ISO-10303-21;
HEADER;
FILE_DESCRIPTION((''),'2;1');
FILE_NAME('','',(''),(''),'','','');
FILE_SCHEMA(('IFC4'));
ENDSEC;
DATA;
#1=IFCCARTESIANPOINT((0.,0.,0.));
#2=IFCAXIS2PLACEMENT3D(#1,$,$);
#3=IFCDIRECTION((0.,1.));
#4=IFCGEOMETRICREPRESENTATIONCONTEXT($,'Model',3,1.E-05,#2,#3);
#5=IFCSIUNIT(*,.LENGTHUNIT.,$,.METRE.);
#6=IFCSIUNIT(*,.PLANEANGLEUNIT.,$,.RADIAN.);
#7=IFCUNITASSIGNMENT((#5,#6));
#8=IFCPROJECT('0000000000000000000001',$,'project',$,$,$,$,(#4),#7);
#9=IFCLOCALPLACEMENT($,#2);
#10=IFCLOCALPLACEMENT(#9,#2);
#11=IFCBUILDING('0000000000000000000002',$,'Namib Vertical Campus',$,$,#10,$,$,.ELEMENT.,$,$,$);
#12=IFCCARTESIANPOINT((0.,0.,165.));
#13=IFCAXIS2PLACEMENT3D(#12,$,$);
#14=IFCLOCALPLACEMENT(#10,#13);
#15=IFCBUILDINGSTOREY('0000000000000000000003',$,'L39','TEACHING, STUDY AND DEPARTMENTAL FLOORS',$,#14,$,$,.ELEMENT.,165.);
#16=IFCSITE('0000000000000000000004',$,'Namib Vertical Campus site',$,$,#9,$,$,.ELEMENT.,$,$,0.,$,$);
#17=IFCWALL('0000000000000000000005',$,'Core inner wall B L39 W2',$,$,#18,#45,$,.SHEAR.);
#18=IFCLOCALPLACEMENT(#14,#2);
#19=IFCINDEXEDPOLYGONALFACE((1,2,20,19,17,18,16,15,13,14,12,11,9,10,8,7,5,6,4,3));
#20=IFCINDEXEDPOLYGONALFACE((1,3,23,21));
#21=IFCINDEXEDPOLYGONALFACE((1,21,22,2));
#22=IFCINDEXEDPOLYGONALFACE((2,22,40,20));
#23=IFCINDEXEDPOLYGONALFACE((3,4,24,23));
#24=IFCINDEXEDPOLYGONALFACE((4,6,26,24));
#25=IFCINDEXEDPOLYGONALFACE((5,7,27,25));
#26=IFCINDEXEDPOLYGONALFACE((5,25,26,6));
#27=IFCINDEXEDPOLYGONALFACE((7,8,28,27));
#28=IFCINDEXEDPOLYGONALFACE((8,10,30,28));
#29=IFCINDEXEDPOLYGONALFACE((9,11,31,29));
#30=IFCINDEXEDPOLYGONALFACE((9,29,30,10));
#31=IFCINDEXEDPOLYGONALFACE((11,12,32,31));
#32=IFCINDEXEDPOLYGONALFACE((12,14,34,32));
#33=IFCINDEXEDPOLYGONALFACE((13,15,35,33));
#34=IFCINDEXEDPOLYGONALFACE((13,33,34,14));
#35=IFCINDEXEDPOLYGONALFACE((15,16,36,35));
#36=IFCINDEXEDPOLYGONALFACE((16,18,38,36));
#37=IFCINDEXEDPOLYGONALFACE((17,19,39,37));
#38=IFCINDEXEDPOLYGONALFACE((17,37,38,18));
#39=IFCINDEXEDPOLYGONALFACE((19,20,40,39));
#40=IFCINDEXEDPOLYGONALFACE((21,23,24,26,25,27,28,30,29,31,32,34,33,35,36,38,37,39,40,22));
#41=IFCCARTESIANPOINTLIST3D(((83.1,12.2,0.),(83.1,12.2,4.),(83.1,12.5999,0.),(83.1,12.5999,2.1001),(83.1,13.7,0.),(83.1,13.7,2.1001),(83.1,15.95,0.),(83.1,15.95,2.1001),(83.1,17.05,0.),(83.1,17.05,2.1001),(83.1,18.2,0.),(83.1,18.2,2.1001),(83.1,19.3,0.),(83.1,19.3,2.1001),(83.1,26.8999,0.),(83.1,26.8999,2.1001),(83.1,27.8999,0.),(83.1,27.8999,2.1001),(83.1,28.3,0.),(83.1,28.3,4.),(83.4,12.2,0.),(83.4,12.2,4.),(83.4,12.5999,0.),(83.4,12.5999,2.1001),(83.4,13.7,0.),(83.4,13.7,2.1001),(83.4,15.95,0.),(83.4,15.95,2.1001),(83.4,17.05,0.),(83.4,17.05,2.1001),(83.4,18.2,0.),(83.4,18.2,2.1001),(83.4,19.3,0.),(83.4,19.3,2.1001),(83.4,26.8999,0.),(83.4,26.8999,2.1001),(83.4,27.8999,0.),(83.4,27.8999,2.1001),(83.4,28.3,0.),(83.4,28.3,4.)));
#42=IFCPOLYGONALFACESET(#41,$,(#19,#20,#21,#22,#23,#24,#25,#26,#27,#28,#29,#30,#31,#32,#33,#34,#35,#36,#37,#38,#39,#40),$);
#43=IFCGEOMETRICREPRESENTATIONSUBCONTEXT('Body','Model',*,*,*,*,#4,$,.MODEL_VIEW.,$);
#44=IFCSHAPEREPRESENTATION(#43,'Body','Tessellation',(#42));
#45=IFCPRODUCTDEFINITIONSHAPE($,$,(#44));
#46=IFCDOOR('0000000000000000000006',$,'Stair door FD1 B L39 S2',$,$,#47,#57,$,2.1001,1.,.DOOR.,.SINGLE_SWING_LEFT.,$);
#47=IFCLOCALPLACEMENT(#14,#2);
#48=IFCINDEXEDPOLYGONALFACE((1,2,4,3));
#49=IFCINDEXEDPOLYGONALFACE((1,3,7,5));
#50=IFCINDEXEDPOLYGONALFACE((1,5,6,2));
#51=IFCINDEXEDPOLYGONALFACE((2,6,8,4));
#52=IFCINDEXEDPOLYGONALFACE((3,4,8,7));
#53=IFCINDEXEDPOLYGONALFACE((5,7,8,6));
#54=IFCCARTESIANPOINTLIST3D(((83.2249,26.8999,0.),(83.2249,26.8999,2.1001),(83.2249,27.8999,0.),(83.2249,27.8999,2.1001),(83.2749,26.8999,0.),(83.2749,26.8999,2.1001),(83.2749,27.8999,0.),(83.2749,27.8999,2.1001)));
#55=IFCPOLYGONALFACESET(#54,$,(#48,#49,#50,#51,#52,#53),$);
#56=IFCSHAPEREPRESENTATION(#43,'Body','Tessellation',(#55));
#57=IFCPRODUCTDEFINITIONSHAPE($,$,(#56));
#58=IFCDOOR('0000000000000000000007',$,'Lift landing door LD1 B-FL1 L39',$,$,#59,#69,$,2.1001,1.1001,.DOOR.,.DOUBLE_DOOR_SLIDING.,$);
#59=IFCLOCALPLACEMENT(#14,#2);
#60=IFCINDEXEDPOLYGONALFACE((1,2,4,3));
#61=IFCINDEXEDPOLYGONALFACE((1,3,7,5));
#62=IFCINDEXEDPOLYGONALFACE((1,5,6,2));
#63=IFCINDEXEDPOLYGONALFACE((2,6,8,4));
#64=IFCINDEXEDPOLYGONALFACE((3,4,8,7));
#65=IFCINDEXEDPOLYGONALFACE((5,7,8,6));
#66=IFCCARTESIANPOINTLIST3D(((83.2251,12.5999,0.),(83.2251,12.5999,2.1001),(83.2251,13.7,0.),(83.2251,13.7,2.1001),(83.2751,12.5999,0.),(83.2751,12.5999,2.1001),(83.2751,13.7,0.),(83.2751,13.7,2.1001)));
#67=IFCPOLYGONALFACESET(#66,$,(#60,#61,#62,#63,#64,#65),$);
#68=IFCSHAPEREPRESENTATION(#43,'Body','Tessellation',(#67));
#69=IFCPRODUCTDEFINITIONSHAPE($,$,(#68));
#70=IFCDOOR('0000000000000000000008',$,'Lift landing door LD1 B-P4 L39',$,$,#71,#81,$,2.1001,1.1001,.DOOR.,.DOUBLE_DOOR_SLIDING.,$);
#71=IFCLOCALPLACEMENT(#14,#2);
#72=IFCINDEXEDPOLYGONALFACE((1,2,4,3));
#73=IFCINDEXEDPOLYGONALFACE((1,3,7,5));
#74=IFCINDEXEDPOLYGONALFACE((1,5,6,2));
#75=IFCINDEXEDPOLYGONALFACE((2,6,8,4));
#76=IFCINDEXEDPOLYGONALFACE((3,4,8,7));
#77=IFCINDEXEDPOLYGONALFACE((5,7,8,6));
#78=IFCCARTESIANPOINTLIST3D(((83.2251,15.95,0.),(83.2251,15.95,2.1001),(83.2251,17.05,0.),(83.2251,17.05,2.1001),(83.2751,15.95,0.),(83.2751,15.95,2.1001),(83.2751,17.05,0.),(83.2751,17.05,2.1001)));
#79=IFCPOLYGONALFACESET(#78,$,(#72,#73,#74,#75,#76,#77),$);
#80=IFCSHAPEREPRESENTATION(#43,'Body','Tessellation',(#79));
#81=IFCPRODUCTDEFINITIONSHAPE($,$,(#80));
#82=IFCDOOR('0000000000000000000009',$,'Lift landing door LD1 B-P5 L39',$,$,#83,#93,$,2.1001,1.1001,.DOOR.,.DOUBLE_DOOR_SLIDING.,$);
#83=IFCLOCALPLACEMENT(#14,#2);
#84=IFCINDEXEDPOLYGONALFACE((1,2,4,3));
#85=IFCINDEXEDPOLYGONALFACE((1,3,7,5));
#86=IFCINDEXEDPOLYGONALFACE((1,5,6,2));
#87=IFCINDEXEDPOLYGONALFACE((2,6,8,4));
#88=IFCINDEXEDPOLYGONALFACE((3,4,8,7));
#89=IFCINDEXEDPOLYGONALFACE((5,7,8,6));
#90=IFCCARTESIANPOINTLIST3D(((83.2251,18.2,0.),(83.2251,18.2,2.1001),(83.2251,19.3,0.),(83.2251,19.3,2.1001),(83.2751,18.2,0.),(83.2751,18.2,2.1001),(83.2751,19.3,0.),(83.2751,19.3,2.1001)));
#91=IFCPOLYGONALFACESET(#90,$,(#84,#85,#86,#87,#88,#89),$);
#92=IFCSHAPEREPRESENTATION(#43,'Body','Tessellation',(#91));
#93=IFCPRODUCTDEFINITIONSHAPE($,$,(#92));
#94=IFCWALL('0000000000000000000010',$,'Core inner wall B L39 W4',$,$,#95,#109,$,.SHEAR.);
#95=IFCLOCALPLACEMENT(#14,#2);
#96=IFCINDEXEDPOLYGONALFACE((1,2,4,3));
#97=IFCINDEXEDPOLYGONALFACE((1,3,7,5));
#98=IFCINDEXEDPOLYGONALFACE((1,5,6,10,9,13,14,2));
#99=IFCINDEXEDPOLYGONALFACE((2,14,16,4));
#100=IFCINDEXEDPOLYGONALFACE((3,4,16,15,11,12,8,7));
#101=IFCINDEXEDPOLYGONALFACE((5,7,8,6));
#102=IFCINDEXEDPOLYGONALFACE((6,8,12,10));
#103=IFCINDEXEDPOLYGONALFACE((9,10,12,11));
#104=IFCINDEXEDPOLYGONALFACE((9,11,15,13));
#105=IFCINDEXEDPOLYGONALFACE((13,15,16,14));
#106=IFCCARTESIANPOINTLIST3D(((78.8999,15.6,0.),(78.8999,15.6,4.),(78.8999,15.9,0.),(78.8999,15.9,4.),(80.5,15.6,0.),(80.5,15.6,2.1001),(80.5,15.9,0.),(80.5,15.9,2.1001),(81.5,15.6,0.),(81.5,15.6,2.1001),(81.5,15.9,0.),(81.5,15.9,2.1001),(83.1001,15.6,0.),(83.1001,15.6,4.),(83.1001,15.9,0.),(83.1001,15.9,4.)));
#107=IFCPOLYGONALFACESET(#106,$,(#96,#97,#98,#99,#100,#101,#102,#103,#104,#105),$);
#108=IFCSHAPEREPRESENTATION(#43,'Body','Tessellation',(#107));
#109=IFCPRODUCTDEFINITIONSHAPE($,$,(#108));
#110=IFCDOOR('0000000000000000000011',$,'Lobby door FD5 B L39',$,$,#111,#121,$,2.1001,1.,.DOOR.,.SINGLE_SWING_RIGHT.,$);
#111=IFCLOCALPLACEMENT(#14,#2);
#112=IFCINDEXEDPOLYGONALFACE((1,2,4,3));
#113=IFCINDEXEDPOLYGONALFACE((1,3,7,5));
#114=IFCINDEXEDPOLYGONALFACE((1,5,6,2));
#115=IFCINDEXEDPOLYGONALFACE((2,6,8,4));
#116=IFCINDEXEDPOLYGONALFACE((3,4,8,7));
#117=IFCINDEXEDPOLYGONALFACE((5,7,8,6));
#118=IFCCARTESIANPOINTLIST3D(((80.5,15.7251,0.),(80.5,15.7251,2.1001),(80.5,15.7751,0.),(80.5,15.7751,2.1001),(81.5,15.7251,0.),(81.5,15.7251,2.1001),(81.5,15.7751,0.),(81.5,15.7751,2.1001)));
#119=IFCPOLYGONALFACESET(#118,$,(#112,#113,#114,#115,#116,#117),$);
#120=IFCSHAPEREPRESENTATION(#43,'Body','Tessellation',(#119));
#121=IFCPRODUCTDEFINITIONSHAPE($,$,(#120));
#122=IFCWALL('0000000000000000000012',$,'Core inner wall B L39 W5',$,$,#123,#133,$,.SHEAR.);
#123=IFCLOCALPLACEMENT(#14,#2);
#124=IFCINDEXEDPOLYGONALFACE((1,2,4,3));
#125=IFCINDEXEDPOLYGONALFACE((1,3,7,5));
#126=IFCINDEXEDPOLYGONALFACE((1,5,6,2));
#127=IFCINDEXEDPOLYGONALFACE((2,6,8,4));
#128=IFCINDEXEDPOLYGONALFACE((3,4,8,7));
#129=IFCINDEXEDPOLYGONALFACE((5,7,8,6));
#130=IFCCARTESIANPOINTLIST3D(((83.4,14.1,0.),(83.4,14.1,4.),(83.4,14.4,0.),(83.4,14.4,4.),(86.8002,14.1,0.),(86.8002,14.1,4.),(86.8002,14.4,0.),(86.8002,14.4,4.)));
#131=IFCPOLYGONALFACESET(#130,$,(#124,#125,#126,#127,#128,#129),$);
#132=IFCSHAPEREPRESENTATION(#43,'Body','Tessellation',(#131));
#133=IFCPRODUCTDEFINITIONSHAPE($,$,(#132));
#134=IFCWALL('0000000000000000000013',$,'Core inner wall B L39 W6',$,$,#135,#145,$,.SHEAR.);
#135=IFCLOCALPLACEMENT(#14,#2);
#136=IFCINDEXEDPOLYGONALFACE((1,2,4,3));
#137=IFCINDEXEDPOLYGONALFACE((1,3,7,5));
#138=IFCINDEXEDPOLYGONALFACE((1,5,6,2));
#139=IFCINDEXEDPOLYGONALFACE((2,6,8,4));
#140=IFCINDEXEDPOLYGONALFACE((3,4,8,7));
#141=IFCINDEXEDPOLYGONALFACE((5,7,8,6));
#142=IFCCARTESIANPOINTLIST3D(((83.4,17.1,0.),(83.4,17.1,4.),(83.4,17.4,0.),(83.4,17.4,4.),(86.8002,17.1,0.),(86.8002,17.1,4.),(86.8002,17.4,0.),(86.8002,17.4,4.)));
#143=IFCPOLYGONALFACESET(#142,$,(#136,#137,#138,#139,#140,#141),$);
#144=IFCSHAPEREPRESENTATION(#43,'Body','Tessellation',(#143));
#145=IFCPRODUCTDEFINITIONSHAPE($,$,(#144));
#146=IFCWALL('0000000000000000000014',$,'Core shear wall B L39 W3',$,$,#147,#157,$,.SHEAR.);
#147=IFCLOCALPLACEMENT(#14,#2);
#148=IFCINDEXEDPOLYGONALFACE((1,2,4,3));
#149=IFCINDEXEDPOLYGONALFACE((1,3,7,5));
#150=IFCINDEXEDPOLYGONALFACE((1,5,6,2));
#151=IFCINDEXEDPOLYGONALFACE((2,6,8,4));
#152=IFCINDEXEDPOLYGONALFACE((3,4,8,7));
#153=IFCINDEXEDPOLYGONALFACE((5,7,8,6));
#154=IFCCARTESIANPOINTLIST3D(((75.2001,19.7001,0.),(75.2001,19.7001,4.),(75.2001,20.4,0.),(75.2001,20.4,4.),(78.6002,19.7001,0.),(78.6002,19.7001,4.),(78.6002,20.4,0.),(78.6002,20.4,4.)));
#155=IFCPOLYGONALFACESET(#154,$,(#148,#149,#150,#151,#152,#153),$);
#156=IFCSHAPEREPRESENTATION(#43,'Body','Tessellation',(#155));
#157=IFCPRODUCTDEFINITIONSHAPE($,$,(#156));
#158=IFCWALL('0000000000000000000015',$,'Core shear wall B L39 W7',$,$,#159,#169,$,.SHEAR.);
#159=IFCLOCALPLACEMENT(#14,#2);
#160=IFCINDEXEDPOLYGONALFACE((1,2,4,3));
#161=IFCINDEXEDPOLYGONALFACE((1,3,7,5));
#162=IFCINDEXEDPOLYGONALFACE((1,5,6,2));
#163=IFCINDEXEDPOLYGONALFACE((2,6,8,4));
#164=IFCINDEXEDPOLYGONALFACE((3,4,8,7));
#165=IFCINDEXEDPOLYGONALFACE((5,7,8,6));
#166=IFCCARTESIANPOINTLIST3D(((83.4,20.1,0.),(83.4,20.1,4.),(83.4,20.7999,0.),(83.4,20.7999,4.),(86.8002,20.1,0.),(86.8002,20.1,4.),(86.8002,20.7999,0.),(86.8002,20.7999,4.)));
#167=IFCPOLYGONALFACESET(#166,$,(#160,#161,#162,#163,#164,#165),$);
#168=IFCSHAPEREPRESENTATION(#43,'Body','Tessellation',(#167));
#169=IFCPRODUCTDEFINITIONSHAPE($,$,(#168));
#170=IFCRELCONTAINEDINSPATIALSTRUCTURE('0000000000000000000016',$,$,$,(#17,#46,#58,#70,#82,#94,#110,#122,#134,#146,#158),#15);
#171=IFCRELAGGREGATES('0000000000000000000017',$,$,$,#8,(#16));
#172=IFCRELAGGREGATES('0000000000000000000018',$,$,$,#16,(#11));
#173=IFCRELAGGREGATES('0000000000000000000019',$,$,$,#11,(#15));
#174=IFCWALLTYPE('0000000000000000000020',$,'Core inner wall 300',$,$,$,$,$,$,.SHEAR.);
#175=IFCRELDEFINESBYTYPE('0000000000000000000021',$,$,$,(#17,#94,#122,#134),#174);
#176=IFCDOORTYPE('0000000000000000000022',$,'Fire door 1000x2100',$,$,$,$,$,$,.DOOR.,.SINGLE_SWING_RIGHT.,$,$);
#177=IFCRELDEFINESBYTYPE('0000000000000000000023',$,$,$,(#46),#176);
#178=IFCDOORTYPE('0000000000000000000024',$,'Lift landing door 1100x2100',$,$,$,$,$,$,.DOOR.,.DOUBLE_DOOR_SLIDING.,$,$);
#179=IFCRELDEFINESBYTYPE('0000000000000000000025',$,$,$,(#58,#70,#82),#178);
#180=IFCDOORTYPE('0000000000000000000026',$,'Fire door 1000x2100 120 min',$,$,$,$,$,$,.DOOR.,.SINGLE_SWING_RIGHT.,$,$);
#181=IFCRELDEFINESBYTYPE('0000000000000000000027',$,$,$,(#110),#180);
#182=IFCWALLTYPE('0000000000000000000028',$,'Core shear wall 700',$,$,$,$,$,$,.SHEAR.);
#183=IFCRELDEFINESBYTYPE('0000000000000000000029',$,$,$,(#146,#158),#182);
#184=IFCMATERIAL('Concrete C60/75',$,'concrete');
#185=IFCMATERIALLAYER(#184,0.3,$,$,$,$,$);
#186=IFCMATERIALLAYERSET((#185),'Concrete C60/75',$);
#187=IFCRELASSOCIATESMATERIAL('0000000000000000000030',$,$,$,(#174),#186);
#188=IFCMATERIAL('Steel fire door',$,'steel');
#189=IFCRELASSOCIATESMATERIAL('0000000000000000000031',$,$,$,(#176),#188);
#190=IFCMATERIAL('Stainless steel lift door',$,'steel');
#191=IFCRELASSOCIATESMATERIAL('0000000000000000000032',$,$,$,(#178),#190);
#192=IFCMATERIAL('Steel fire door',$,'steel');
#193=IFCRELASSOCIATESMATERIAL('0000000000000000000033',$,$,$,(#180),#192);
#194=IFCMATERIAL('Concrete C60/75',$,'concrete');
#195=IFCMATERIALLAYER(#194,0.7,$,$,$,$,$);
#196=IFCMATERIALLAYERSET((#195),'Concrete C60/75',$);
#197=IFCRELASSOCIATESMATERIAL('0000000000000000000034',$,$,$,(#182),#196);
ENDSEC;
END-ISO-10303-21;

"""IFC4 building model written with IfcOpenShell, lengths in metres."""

from ifc_helpers import new_model, si_unit, direction, frame, frame_2d, origin, place, context, subcontext, project, spatial, rectangle, extrude, material, layer, layer_set, type_object, element, fill, save


model = new_model("IFC4")

# Units and contexts
model_context = context("Model", 3, precision=1e-05, world=origin(), true_north=direction((0.0, 1.0)))
body_context = subcontext(model_context, "Body", "Model", "MODEL_VIEW")
ifc_project = project(units=[si_unit("LENGTHUNIT", "METRE"), si_unit("PLANEANGLEUNIT", "RADIAN")], contexts=[model_context])

# Site, building, storey
site_placement = place(None, origin())
site = spatial("IfcSite", under=ifc_project, at=site_placement, Name="Namib Vertical Campus site", CompositionType="ELEMENT", RefElevation=0.0)
building_placement = place(site_placement, origin())
building = spatial("IfcBuilding", under=site, at=building_placement, Name="Namib Vertical Campus", CompositionType="ELEMENT")
storey_placement = place(building_placement, frame((0.0, 0.0, 165.0)))
storey = spatial("IfcBuildingStorey", under=building, at=storey_placement, Name="L39", Description="TEACHING, STUDY AND DEPARTMENTAL FLOORS", CompositionType="ELEMENT", Elevation=165.0)

# Wall, openings, doors
ifc_material_1 = material(Name="Concrete C60/75", Category="concrete")
ifc_layer_1 = layer(ifc_material_1, 0.3)
ifc_layer_set_1 = layer_set([ifc_layer_1], Name="Concrete C60/75")
wall_type_1 = type_object("IfcWallType", Name="Core inner wall 300", PredefinedType="SHEAR", material=ifc_layer_set_1)
ifc_material_2 = material(Name="Steel fire door", Category="steel")
door_type_1 = type_object("IfcDoorType", Name="Fire door 1000x2100", OperationType="SINGLE_SWING_RIGHT", PredefinedType="DOOR", material=ifc_material_2)
ifc_material_3 = material(Name="Stainless steel lift door", Category="steel")
door_type_2 = type_object("IfcDoorType", Name="Lift landing door 1100x2100", OperationType="DOUBLE_DOOR_SLIDING", PredefinedType="DOOR", material=ifc_material_3)
wall_1_placement = place(storey_placement, frame((83.25, 12.2, 0.0), z_axis=(0.0, 0.0, 1.0), x_axis=(0.0, 1.0, 0.0)))
wall_1 = element("IfcWall", 1, at=wall_1_placement, inside=storey, type_object=wall_type_1, Name="Core inner wall B L39 W2", PredefinedType="SHEAR", context=body_context, shape_type="SweptSolid", body=[
    extrude(rectangle(XDim=16.1001, YDim=0.3, at=frame_2d((8.05, 0.0))), origin(), (0.0, 0.0, 1.0), 4.0),
])
opening_1_placement = place(wall_1_placement, frame((14.7, 0.0, 0.0)))
opening_1 = element("IfcOpeningElement", 2, at=opening_1_placement, cuts=wall_1, PredefinedType="OPENING", context=body_context, shape_type="SweptSolid", body=[
    extrude(rectangle(XDim=1.0, YDim=2.1001, at=frame_2d((0.5, 1.05))), frame((0.0, 0.1599, 0.0), z_axis=(0.0, -1.0, 0.0), x_axis=(1.0, 0.0, 0.0)), (0.0, 0.0, 1.0), 0.3201),
])
opening_2_placement = place(wall_1_placement, frame((0.3999, 0.0, 0.0)))
opening_2 = element("IfcOpeningElement", 3, at=opening_2_placement, cuts=wall_1, PredefinedType="OPENING", context=body_context, shape_type="SweptSolid", body=[
    extrude(rectangle(XDim=1.1001, YDim=2.1001, at=frame_2d((0.55, 1.05))), frame((0.0, 0.1599, 0.0), z_axis=(0.0, -1.0, 0.0), x_axis=(1.0, 0.0, 0.0)), (0.0, 0.0, 1.0), 0.3201),
])
opening_3_placement = place(wall_1_placement, frame((3.75, 0.0, 0.0)))
opening_3 = element("IfcOpeningElement", 4, at=opening_3_placement, cuts=wall_1, PredefinedType="OPENING", context=body_context, shape_type="SweptSolid", body=[
    extrude(rectangle(XDim=1.1001, YDim=2.1001, at=frame_2d((0.55, 1.05))), frame((0.0, 0.1599, 0.0), z_axis=(0.0, -1.0, 0.0), x_axis=(1.0, 0.0, 0.0)), (0.0, 0.0, 1.0), 0.3201),
])
opening_4_placement = place(wall_1_placement, frame((6.0, 0.0, 0.0)))
opening_4 = element("IfcOpeningElement", 5, at=opening_4_placement, cuts=wall_1, PredefinedType="OPENING", context=body_context, shape_type="SweptSolid", body=[
    extrude(rectangle(XDim=1.1001, YDim=2.1001, at=frame_2d((0.55, 1.05))), frame((0.0, 0.1599, 0.0), z_axis=(0.0, -1.0, 0.0), x_axis=(1.0, 0.0, 0.0)), (0.0, 0.0, 1.0), 0.3201),
])
door_1_placement = place(opening_1_placement, frame((1.0, 0.0, 0.0), z_axis=(0.0, 0.0, 1.0), x_axis=(-1.0, 0.0, 0.0)))
door_1 = element("IfcDoor", 6, at=door_1_placement, inside=storey, type_object=door_type_1, Name="Stair door FD1 B L39 S2", OperationType="SINGLE_SWING_LEFT", OverallHeight=2.1001, OverallWidth=1.0, PredefinedType="DOOR", context=body_context, shape_type="SweptSolid", body=[
    extrude(rectangle(XDim=1.0, YDim=2.1001, at=frame_2d((0.5, 1.05))), frame((0.0, 0.0249, 0.0), z_axis=(0.0, -1.0, 0.0), x_axis=(1.0, 0.0, 0.0)), (0.0, 0.0, 1.0), 0.05),
])
fill(opening_1, door_1)
door_2_placement = place(opening_2_placement, origin())
door_2 = element("IfcDoor", 7, at=door_2_placement, inside=storey, type_object=door_type_2, Name="Lift landing door LD1 B-FL1 L39", OperationType="DOUBLE_DOOR_SLIDING", OverallHeight=2.1001, OverallWidth=1.1001, PredefinedType="DOOR", context=body_context, shape_type="SweptSolid", body=[
    extrude(rectangle(XDim=1.1001, YDim=2.1001, at=frame_2d((0.55, 1.05))), frame((0.0, 0.0249, 0.0), z_axis=(0.0, -1.0, 0.0), x_axis=(1.0, 0.0, 0.0)), (0.0, 0.0, 1.0), 0.05),
])
fill(opening_2, door_2)
door_3_placement = place(opening_3_placement, origin())
door_3 = element("IfcDoor", 8, at=door_3_placement, inside=storey, type_object=door_type_2, Name="Lift landing door LD1 B-P4 L39", OperationType="DOUBLE_DOOR_SLIDING", OverallHeight=2.1001, OverallWidth=1.1001, PredefinedType="DOOR", context=body_context, shape_type="SweptSolid", body=[
    extrude(rectangle(XDim=1.1001, YDim=2.1001, at=frame_2d((0.55, 1.05))), frame((0.0, 0.0249, 0.0), z_axis=(0.0, -1.0, 0.0), x_axis=(1.0, 0.0, 0.0)), (0.0, 0.0, 1.0), 0.05),
])
fill(opening_3, door_3)
door_4_placement = place(opening_4_placement, origin())
door_4 = element("IfcDoor", 9, at=door_4_placement, inside=storey, type_object=door_type_2, Name="Lift landing door LD1 B-P5 L39", OperationType="DOUBLE_DOOR_SLIDING", OverallHeight=2.1001, OverallWidth=1.1001, PredefinedType="DOOR", context=body_context, shape_type="SweptSolid", body=[
    extrude(rectangle(XDim=1.1001, YDim=2.1001, at=frame_2d((0.55, 1.05))), frame((0.0, 0.0249, 0.0), z_axis=(0.0, -1.0, 0.0), x_axis=(1.0, 0.0, 0.0)), (0.0, 0.0, 1.0), 0.05),
])
fill(opening_4, door_4)

# Wall, opening, door
wall_2_placement = place(storey_placement, frame((78.8999, 15.75, 0.0), z_axis=(0.0, 0.0, 1.0), x_axis=(1.0, 0.0, 0.0)))
wall_2 = element("IfcWall", 10, at=wall_2_placement, inside=storey, type_object=wall_type_1, Name="Core inner wall B L39 W4", PredefinedType="SHEAR", context=body_context, shape_type="SweptSolid", body=[
    extrude(rectangle(XDim=4.2002, YDim=0.3, at=frame_2d((2.1001, 0.0))), origin(), (0.0, 0.0, 1.0), 4.0),
])
opening_5_placement = place(wall_2_placement, frame((1.6001, 0.0, 0.0)))
opening_5 = element("IfcOpeningElement", 11, at=opening_5_placement, cuts=wall_2, PredefinedType="OPENING", context=body_context, shape_type="SweptSolid", body=[
    extrude(rectangle(XDim=1.0, YDim=2.1001, at=frame_2d((0.5, 1.05))), frame((0.0, 0.1599, 0.0), z_axis=(0.0, -1.0, 0.0), x_axis=(1.0, 0.0, 0.0)), (0.0, 0.0, 1.0), 0.3201),
])
ifc_material_4 = material(Name="Steel fire door", Category="steel")
door_type_3 = type_object("IfcDoorType", Name="Fire door 1000x2100 120 min", OperationType="SINGLE_SWING_RIGHT", PredefinedType="DOOR", material=ifc_material_4)
door_5_placement = place(opening_5_placement, frame((1.0, 0.0, 0.0), z_axis=(0.0, 0.0, 1.0), x_axis=(-1.0, 0.0, 0.0)))
door_5 = element("IfcDoor", 12, at=door_5_placement, inside=storey, type_object=door_type_3, Name="Lobby door FD5 B L39", OperationType="SINGLE_SWING_RIGHT", OverallHeight=2.1001, OverallWidth=1.0, PredefinedType="DOOR", context=body_context, shape_type="SweptSolid", body=[
    extrude(rectangle(XDim=1.0, YDim=2.1001, at=frame_2d((0.5, 1.05))), frame((0.0, 0.0249, 0.0), z_axis=(0.0, -1.0, 0.0), x_axis=(1.0, 0.0, 0.0)), (0.0, 0.0, 1.0), 0.05),
])
fill(opening_5, door_5)

# Walls
for number, where, z_axis, x_axis, name in (
    (13, (83.3999, 14.25, 0.0), (0.0, 0.0, 1.0), (1.0, 0.0, 0.0), "Core inner wall B L39 W5"),
    (14, (83.3999, 17.25, 0.0), (0.0, 0.0, 1.0), (1.0, 0.0, 0.0), "Core inner wall B L39 W6"),
):
    element("IfcWall", number, at=place(storey_placement, frame(where, z_axis=z_axis, x_axis=x_axis)), inside=storey, type_object=wall_type_1, Name=name, PredefinedType="SHEAR", context=body_context, shape_type="SweptSolid", body=[
        extrude(rectangle(XDim=3.4001, YDim=0.3, at=frame_2d((1.7002, 0.0))), origin(), (0.0, 0.0, 1.0), 4.0),
    ])
ifc_material_5 = material(Name="Concrete C60/75", Category="concrete")
ifc_layer_2 = layer(ifc_material_5, 0.7)
ifc_layer_set_2 = layer_set([ifc_layer_2], Name="Concrete C60/75")
wall_type_2 = type_object("IfcWallType", Name="Core shear wall 700", PredefinedType="SHEAR", material=ifc_layer_set_2)
for number, where, z_axis, x_axis, name in (
    (15, (75.2, 20.05, 0.0), (0.0, 0.0, 1.0), (1.0, 0.0, 0.0), "Core shear wall B L39 W3"),
    (16, (83.3999, 20.45, 0.0), (0.0, 0.0, 1.0), (1.0, 0.0, 0.0), "Core shear wall B L39 W7"),
):
    element("IfcWall", number, at=place(storey_placement, frame(where, z_axis=z_axis, x_axis=x_axis)), inside=storey, type_object=wall_type_2, Name=name, PredefinedType="SHEAR", context=body_context, shape_type="SweptSolid", body=[
        extrude(rectangle(XDim=3.4001, YDim=0.7, at=frame_2d((1.7002, 0.0))), origin(), (0.0, 0.0, 1.0), 4.0),
    ])

save(model, "model.ifc")
